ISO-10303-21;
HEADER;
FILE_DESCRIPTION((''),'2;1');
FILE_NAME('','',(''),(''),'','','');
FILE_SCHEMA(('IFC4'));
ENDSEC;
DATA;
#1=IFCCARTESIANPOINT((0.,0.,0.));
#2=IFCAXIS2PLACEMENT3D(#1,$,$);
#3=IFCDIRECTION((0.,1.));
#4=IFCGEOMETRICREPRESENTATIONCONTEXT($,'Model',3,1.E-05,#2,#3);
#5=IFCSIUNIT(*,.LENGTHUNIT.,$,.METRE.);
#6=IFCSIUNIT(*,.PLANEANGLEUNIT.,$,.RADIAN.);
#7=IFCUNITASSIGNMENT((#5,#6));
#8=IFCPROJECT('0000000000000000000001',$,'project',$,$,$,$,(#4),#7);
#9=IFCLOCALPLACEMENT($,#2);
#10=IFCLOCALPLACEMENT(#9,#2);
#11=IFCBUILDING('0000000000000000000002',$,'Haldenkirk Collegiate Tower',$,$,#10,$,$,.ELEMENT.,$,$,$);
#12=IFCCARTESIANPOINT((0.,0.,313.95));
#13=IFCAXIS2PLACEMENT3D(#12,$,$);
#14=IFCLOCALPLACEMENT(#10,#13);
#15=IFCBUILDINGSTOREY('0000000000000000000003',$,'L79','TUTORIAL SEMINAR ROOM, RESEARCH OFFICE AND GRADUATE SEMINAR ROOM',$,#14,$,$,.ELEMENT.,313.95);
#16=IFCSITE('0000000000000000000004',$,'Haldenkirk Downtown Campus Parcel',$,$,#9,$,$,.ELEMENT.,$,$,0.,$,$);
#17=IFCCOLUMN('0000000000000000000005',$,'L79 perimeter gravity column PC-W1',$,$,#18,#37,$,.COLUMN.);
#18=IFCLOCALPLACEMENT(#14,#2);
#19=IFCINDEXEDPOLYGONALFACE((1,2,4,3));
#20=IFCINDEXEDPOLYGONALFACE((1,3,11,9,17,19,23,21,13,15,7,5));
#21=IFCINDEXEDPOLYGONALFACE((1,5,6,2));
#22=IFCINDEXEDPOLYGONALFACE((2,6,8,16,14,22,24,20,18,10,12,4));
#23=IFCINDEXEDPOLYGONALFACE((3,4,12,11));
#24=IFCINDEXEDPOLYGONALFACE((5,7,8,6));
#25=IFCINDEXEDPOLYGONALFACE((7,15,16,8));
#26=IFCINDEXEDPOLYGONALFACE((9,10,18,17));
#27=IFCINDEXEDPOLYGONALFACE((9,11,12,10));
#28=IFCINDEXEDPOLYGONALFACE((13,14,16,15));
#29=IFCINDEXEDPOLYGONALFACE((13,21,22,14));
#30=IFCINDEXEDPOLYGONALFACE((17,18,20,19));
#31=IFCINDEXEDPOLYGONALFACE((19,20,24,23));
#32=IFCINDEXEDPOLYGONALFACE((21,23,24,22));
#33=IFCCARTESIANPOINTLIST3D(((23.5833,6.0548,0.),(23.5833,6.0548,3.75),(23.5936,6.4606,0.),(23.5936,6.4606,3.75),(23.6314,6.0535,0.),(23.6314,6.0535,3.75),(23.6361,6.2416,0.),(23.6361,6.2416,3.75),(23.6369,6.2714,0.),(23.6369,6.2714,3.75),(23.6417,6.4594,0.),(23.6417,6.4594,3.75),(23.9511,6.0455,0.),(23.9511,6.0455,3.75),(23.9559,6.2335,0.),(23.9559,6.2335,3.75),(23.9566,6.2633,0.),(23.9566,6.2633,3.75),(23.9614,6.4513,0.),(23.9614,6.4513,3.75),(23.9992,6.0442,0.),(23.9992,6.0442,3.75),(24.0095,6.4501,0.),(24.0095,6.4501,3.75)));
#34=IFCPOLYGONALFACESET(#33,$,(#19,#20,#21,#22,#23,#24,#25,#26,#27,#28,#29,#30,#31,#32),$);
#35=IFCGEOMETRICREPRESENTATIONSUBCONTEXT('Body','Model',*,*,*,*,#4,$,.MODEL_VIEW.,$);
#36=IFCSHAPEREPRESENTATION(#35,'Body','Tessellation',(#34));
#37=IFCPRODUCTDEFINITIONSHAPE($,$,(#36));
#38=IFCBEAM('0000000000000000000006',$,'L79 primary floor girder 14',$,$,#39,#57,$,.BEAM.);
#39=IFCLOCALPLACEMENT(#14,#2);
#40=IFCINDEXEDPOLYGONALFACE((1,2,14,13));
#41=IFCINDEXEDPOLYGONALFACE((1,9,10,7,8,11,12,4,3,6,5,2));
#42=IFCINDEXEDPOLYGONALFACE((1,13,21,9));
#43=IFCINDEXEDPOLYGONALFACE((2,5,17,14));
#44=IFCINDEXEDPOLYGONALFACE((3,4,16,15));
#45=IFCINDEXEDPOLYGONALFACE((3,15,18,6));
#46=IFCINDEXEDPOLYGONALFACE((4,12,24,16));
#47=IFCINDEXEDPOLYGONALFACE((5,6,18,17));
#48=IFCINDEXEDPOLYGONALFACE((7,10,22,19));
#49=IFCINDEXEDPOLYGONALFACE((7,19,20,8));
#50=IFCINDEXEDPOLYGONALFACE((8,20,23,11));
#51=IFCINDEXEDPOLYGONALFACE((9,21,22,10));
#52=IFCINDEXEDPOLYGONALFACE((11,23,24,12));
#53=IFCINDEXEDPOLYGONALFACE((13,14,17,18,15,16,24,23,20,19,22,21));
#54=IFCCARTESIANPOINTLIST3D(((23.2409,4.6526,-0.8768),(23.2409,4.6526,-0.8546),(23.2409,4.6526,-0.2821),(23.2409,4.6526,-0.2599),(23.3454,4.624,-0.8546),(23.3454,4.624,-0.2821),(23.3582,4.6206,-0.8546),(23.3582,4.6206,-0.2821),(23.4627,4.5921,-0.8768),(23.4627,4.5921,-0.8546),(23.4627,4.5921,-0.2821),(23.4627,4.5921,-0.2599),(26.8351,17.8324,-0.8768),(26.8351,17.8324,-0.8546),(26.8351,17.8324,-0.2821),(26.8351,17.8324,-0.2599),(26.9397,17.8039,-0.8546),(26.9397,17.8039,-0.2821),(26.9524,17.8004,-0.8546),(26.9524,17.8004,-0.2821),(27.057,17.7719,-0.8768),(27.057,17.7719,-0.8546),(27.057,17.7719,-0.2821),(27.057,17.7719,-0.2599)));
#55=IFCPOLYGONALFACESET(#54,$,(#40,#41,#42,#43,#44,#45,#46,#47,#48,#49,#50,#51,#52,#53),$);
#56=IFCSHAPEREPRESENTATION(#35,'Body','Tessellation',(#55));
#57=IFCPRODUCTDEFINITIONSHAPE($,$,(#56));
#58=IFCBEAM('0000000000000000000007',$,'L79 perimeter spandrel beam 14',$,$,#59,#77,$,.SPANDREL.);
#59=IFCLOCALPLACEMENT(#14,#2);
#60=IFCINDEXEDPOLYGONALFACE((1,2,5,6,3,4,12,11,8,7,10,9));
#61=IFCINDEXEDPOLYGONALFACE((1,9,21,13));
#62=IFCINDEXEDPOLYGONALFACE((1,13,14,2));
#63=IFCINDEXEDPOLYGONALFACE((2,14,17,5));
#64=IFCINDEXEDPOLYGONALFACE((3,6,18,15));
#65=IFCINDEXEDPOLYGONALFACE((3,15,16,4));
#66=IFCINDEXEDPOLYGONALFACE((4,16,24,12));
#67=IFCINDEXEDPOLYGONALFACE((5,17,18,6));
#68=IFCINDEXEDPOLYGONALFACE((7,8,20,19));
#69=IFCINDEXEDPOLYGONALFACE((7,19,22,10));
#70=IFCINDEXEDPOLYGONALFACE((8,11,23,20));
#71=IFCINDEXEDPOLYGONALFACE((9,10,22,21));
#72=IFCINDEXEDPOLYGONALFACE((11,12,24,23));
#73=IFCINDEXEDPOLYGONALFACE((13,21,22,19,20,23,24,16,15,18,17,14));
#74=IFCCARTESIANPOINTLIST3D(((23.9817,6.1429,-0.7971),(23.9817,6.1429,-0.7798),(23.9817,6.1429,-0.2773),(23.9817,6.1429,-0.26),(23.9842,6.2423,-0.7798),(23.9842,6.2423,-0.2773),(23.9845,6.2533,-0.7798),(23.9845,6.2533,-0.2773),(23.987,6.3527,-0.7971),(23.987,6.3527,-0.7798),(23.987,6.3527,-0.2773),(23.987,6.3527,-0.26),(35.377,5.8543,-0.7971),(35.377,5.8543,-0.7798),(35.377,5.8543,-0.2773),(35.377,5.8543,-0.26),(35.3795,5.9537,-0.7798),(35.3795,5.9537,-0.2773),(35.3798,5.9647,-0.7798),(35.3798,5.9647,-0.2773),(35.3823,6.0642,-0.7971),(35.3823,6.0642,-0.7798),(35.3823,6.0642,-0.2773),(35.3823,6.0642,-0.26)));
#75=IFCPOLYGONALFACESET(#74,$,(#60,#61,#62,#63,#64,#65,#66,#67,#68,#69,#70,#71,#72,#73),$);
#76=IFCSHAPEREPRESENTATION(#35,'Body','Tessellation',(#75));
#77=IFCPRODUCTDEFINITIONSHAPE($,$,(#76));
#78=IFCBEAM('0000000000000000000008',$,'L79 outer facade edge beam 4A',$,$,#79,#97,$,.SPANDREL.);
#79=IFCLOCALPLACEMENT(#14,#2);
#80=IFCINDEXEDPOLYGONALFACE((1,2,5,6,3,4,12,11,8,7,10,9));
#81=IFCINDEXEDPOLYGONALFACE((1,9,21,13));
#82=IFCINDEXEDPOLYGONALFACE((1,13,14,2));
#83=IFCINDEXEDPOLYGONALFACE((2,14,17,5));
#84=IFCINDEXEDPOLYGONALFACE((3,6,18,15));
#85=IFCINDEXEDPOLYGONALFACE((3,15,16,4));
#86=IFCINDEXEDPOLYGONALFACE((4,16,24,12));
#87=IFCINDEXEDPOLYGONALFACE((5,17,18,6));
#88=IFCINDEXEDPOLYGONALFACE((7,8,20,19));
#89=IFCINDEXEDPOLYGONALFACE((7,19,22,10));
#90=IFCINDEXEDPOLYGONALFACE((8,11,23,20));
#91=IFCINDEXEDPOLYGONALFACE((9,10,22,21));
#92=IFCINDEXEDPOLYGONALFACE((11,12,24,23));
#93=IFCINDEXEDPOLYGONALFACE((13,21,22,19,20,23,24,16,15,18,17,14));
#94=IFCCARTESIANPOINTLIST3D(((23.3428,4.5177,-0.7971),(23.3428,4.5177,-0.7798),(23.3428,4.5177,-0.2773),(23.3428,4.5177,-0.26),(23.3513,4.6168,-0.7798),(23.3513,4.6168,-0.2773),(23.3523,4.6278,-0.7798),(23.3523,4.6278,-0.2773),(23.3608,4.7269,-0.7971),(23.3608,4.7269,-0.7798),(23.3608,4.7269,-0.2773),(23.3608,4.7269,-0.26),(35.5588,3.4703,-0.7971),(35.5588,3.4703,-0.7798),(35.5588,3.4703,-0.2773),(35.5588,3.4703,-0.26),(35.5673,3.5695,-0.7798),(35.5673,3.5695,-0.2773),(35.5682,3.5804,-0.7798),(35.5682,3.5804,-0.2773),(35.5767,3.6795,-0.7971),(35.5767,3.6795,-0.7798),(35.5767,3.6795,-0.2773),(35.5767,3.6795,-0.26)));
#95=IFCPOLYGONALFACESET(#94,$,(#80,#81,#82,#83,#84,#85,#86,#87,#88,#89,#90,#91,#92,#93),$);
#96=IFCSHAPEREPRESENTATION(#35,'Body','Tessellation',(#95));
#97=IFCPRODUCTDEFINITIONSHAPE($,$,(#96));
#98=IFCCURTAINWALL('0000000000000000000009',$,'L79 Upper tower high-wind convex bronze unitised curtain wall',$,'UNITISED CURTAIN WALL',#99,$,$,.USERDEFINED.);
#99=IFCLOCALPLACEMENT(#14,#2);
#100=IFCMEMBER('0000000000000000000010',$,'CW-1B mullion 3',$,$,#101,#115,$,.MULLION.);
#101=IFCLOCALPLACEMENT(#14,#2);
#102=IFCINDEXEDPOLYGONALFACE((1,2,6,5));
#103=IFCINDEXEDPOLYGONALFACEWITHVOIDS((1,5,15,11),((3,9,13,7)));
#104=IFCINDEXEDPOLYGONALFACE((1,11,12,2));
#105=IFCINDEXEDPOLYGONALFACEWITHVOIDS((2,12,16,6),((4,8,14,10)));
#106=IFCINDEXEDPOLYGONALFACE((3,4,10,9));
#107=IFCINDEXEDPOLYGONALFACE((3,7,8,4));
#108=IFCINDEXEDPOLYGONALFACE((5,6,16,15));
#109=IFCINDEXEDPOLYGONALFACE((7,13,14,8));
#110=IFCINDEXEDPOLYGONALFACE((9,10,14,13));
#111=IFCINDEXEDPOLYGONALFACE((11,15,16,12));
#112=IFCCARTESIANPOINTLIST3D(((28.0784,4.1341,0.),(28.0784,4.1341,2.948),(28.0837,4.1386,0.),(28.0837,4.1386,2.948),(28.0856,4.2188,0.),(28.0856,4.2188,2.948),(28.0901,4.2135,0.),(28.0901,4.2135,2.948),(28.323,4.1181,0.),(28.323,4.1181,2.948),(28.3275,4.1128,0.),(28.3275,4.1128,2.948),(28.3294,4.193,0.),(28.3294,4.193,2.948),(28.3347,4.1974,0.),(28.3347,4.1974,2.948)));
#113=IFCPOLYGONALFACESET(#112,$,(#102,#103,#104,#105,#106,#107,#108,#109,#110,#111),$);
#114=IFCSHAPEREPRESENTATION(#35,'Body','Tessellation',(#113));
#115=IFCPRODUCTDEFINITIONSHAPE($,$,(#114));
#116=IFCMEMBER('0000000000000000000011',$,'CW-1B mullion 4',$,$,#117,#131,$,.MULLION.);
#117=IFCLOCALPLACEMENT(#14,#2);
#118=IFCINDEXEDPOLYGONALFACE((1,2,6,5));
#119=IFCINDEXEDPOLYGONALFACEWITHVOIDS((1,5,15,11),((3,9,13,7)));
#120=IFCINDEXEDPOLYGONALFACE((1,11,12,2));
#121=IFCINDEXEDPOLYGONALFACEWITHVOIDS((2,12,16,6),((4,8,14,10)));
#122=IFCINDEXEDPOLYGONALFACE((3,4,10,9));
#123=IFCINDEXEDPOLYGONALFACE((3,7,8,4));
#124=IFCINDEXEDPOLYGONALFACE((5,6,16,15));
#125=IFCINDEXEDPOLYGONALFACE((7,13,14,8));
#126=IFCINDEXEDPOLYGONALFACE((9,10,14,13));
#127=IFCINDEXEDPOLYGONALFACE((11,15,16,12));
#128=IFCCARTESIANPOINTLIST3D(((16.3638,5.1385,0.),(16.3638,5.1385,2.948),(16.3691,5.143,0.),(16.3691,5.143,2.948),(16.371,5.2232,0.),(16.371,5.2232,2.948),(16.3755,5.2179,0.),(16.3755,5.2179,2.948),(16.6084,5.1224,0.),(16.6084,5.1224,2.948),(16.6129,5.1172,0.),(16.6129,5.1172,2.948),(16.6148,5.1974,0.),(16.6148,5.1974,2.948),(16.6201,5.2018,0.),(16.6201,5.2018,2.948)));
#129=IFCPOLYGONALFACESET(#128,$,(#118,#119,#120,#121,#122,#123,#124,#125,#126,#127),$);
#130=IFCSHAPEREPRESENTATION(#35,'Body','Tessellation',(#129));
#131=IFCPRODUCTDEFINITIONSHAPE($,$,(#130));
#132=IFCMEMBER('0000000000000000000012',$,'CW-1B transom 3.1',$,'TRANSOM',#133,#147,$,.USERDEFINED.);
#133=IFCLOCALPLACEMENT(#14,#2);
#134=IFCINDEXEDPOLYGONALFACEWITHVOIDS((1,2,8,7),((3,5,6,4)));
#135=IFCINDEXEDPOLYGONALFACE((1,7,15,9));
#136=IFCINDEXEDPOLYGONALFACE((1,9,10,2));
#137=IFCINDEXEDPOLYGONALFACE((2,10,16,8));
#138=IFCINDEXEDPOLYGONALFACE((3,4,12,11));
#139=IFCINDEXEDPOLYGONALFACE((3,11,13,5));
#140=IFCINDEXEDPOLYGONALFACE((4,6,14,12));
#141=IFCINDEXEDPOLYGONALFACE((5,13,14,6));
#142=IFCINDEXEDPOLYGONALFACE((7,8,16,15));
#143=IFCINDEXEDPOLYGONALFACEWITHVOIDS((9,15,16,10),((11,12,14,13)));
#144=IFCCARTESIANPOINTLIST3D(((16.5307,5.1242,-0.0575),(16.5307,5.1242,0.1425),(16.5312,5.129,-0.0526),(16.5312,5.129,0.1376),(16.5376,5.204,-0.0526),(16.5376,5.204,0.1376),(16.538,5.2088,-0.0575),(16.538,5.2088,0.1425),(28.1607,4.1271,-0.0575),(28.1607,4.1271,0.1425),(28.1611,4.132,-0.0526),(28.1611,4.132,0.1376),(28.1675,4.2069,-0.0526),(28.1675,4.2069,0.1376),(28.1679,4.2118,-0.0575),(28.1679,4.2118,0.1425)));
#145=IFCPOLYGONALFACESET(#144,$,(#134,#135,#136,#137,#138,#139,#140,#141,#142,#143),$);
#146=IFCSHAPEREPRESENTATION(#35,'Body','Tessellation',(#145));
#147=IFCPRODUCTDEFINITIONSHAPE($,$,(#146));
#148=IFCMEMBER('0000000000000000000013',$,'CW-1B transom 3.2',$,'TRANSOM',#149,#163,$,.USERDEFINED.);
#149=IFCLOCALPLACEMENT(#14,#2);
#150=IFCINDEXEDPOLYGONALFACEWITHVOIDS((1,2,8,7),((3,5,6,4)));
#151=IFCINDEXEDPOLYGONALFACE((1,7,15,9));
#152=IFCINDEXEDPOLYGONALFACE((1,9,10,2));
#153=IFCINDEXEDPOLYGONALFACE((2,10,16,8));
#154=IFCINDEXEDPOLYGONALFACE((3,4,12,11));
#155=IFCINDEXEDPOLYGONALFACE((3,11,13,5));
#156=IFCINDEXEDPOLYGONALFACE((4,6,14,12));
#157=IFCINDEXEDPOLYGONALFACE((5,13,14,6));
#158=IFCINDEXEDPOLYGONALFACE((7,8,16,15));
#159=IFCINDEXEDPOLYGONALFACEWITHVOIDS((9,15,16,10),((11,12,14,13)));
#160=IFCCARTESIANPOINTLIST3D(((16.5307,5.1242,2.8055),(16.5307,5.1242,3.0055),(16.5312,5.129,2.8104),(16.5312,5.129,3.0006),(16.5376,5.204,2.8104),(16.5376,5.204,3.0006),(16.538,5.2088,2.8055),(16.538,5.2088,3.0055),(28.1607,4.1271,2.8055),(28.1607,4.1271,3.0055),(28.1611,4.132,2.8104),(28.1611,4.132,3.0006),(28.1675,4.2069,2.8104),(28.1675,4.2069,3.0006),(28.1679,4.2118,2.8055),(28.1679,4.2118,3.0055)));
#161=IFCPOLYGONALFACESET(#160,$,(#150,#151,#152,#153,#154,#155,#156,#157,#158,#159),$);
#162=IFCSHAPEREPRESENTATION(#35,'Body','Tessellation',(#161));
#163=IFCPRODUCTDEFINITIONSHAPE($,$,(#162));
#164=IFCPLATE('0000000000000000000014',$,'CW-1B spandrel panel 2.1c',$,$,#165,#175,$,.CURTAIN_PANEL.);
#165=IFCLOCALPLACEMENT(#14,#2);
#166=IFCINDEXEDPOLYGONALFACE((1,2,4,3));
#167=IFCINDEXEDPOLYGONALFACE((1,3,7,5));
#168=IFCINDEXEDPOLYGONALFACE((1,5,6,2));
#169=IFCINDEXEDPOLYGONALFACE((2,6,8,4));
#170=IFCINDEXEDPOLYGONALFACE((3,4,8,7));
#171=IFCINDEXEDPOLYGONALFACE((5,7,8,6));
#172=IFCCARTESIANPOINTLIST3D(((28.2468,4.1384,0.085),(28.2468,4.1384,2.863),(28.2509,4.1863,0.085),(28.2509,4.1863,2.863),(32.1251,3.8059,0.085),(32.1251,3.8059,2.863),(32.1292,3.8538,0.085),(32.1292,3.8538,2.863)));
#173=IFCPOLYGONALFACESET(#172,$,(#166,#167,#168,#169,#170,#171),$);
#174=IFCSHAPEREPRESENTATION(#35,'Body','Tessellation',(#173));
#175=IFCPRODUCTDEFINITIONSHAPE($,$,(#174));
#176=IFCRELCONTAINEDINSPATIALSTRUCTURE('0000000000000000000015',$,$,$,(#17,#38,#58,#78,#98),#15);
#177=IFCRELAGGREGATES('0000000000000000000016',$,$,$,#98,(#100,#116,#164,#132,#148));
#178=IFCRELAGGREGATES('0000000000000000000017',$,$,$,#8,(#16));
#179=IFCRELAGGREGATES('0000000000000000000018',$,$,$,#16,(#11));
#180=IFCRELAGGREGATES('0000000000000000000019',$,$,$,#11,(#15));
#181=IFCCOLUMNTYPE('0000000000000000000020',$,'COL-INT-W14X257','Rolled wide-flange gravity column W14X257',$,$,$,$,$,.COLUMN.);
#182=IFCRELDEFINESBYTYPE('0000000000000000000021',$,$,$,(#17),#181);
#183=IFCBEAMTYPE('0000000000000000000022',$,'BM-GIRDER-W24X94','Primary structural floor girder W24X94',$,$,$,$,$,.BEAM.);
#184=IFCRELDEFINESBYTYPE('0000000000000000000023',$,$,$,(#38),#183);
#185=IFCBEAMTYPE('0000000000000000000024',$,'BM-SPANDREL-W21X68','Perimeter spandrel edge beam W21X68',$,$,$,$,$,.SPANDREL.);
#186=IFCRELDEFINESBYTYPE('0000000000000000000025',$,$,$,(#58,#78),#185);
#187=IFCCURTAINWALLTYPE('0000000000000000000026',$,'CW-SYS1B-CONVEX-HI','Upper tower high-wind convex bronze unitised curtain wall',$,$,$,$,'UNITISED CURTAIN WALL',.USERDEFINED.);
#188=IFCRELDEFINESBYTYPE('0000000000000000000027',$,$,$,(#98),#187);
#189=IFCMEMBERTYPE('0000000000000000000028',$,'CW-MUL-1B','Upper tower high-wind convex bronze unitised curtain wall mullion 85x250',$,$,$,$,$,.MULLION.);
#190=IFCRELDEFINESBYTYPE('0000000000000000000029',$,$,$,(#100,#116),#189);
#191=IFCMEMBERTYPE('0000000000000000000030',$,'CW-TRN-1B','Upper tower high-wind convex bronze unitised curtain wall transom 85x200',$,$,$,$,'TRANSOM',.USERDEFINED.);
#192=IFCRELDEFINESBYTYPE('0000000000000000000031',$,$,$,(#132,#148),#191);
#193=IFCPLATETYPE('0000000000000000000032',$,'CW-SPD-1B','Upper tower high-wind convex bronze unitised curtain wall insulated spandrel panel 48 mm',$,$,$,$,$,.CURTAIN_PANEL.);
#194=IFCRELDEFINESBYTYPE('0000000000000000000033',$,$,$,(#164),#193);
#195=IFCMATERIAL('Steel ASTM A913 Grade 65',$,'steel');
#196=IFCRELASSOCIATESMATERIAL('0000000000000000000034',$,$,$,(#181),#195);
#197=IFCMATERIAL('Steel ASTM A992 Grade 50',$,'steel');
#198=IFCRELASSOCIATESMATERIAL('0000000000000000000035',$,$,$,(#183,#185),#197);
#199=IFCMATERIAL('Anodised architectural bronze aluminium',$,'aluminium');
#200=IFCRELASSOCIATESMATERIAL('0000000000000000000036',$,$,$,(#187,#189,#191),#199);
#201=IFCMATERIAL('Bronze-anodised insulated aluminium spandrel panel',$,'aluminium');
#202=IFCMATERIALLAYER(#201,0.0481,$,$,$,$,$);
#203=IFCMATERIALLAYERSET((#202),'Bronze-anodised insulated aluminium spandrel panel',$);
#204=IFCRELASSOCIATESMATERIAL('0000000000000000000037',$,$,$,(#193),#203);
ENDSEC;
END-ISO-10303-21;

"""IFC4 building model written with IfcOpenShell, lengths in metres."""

from ifc_helpers import new_model, si_unit, direction, frame, origin, origin_2d, place, context, subcontext, project, spatial, rectangle, hollow_rectangle, i_section, extrude, source, transform, mapped, material, layer, layer_set, material_profile, profile_set, type_object, element, aggregate, save


model = new_model("IFC4")

# Units and contexts
model_context = context("Model", 3, precision=1e-05, world=origin(), true_north=direction((0.0, 1.0)))
body_context = subcontext(model_context, "Body", "Model", "MODEL_VIEW")
ifc_project = project(units=[si_unit("LENGTHUNIT", "METRE"), si_unit("PLANEANGLEUNIT", "RADIAN")], contexts=[model_context])

# Site, building, storey
site_placement = place(None, origin())
site = spatial("IfcSite", under=ifc_project, at=site_placement, Name="Haldenkirk Downtown Campus Parcel", CompositionType="ELEMENT", RefElevation=0.0)
building_placement = place(site_placement, origin())
building = spatial("IfcBuilding", under=site, at=building_placement, Name="Haldenkirk Collegiate Tower", CompositionType="ELEMENT")
storey_placement = place(building_placement, frame((0.0, 0.0, 313.95)))
storey = spatial("IfcBuildingStorey", under=building, at=storey_placement, Name="L79", Description="TUTORIAL SEMINAR ROOM, RESEARCH OFFICE AND GRADUATE SEMINAR ROOM", CompositionType="ELEMENT", Elevation=313.95)

# Column
ifc_material_1 = material(Name="Steel ASTM A913 Grade 65", Category="steel")
ifc_material_profile_1 = material_profile(ifc_material_1, i_section(OverallWidth=0.406, OverallDepth=0.416, WebThickness=0.0298, FlangeThickness=0.0481, at=origin_2d()), Name="W14X257")
ifc_profile_set_1 = profile_set([ifc_material_profile_1], Name="Steel ASTM A913 Grade 65")
column_type = type_object("IfcColumnType", Name="COL-INT-W14X257", Description="Rolled wide-flange gravity column W14X257", PredefinedType="COLUMN", material=ifc_profile_set_1)
column_placement = place(storey_placement, frame((23.7964, 6.2524, 0.0), z_axis=(0.0, 0.0, 1.0), x_axis=(0.025305, 0.99968, 0.0)))
element("IfcColumn", 1, at=column_placement, inside=storey, type_object=column_type, Name="L79 perimeter gravity column PC-W1", PredefinedType="COLUMN", context=body_context, shape_type="SweptSolid", body=[
    extrude(i_section(OverallWidth=0.406, OverallDepth=0.416, WebThickness=0.0298, FlangeThickness=0.0481, at=origin_2d()), origin(), (0.0, 0.0, 1.0), 3.75),
])

# Beams
ifc_material_2 = material(Name="Steel ASTM A992 Grade 50", Category="steel")
ifc_material_profile_2 = material_profile(ifc_material_2, i_section(OverallWidth=0.23, OverallDepth=0.6169, WebThickness=0.0132, FlangeThickness=0.0222, at=origin_2d()), Name="W24X94")
ifc_profile_set_2 = profile_set([ifc_material_profile_2], Name="Steel ASTM A992 Grade 50")
beam_type_1 = type_object("IfcBeamType", Name="BM-GIRDER-W24X94", Description="Primary structural floor girder W24X94", PredefinedType="BEAM", material=ifc_profile_set_2)
beam_1_placement = place(storey_placement, frame((23.3518, 4.6223, -0.5684), z_axis=(0.263098, 0.964769, 0.0), x_axis=(-0.964769, 0.263098, 0.0)))
element("IfcBeam", 2, at=beam_1_placement, inside=storey, type_object=beam_type_1, Name="L79 primary floor girder 14", PredefinedType="BEAM", context=body_context, shape_type="SweptSolid", body=[
    extrude(i_section(OverallWidth=0.23, OverallDepth=0.6169, WebThickness=0.0132, FlangeThickness=0.0222, at=origin_2d()), origin(), (0.0, 0.0, 1.0), 13.6611),
])
ifc_material_profile_3 = material_profile(ifc_material_2, i_section(OverallWidth=0.21, OverallDepth=0.5371, WebThickness=0.011, FlangeThickness=0.0173, at=origin_2d()), Name="W21X68")
ifc_profile_set_3 = profile_set([ifc_material_profile_3], Name="Steel ASTM A992 Grade 50")
beam_type_2 = type_object("IfcBeamType", Name="BM-SPANDREL-W21X68", Description="Perimeter spandrel edge beam W21X68", PredefinedType="SPANDREL", material=ifc_profile_set_3)
beam_2_placement = place(storey_placement, frame((23.9844, 6.2478, -0.5286), z_axis=(0.99968, -0.025316, 0.0), x_axis=(0.025316, 0.99968, 0.0)))
element("IfcBeam", 3, at=beam_2_placement, inside=storey, type_object=beam_type_2, Name="L79 perimeter spandrel beam 14", PredefinedType="SPANDREL", context=body_context, shape_type="SweptSolid", body=[
    extrude(i_section(OverallWidth=0.21, OverallDepth=0.5371, WebThickness=0.011, FlangeThickness=0.0173, at=origin_2d()), origin(), (0.0, 0.0, 1.0), 11.3989),
])
beam_3_placement = place(storey_placement, frame((23.3518, 4.6223, -0.5286), z_axis=(0.996345, -0.085425, 0.0), x_axis=(0.085425, 0.996345, 0.0)))
element("IfcBeam", 4, at=beam_3_placement, inside=storey, type_object=beam_type_2, Name="L79 outer facade edge beam 4A", PredefinedType="SPANDREL", context=body_context, shape_type="SweptSolid", body=[
    extrude(i_section(OverallWidth=0.21, OverallDepth=0.5371, WebThickness=0.011, FlangeThickness=0.0173, at=origin_2d()), origin(), (0.0, 0.0, 1.0), 12.2607),
])

# Curtain wall, members, plate
ifc_material_3 = material(Name="Anodised architectural bronze aluminium", Category="aluminium")
curtain_wall_type = type_object("IfcCurtainWallType", Name="CW-SYS1B-CONVEX-HI", Description="Upper tower high-wind convex bronze unitised curtain wall", ElementType="UNITISED CURTAIN WALL", PredefinedType="USERDEFINED", material=ifc_material_3)
curtain_wall_placement = place(storey_placement, origin())
curtain_wall = element("IfcCurtainWall", 5, at=curtain_wall_placement, inside=storey, type_object=curtain_wall_type, Name="L79 Upper tower high-wind convex bronze unitised curtain wall", ObjectType="UNITISED CURTAIN WALL", PredefinedType="USERDEFINED")
ifc_material_profile_4 = material_profile(ifc_material_3, hollow_rectangle(XDim=0.085, YDim=0.25, WallThickness=0.0049, at=origin_2d()), Name="CW-MUL-1B")
ifc_profile_set_4 = profile_set([ifc_material_profile_4], Name="Anodised architectural bronze aluminium")
member_type_1 = type_object("IfcMemberType", Name="CW-MUL-1B", Description="Upper tower high-wind convex bronze unitised curtain wall mullion 85x250", PredefinedType="MULLION", material=ifc_profile_set_4)
member_1_placement = place(storey_placement, frame((28.2065, 4.1658, 0.0), z_axis=(0.0, 0.0, 1.0), x_axis=(-0.085418, -0.996345, 0.0)))
member_1 = element("IfcMember", 6, at=member_1_placement, type_object=member_type_1, Name="CW-1B mullion 3", PredefinedType="MULLION", context=body_context, shape_type="SweptSolid", body=[
    extrude(hollow_rectangle(XDim=0.085, YDim=0.25, WallThickness=0.0049, at=origin_2d()), origin(), (0.0, 0.0, 1.0), 2.948),
])
member_2_placement = place(storey_placement, frame((16.4919, 5.1702, 0.0), z_axis=(0.0, 0.0, 1.0), x_axis=(-0.085418, -0.996345, 0.0)))
member_2 = element("IfcMember", 7, at=member_2_placement, type_object=member_type_1, Name="CW-1B mullion 4", PredefinedType="MULLION", context=body_context, shape_type="SweptSolid", body=[
    extrude(hollow_rectangle(XDim=0.085, YDim=0.25, WallThickness=0.0049, at=origin_2d()), origin(), (0.0, 0.0, 1.0), 2.948),
])
ifc_material_profile_5 = material_profile(ifc_material_3, hollow_rectangle(XDim=0.085, YDim=0.2, WallThickness=0.0049, at=origin_2d()), Name="CW-TRN-1B")
ifc_profile_set_5 = profile_set([ifc_material_profile_5], Name="Anodised architectural bronze aluminium")
member_type_2 = type_object("IfcMemberType", Name="CW-TRN-1B", Description="Upper tower high-wind convex bronze unitised curtain wall transom 85x200", ElementType="TRANSOM", PredefinedType="USERDEFINED", material=ifc_profile_set_5)
member_3_placement = place(storey_placement, frame((28.1643, 4.1694, 0.0425), z_axis=(-0.996345, 0.08542, 0.0), x_axis=(-0.08542, -0.996345, 0.0)))
member_3 = element("IfcMember", 8, at=member_3_placement, type_object=member_type_2, Name="CW-1B transom 3.1", ObjectType="TRANSOM", PredefinedType="USERDEFINED", context=body_context, shape_type="SweptSolid", body=[
    extrude(hollow_rectangle(XDim=0.085, YDim=0.2, WallThickness=0.0049, at=origin_2d()), origin(), (0.0, 0.0, 1.0), 11.6726),
])
member_4_placement = place(storey_placement, frame((28.1643, 4.1694, 2.9055), z_axis=(-0.996345, 0.08542, 0.0), x_axis=(-0.08542, -0.996345, 0.0)))
member_4 = element("IfcMember", 9, at=member_4_placement, type_object=member_type_2, Name="CW-1B transom 3.2", ObjectType="TRANSOM", PredefinedType="USERDEFINED", context=body_context, shape_type="SweptSolid", body=[
    extrude(hollow_rectangle(XDim=0.085, YDim=0.2, WallThickness=0.0049, at=origin_2d()), origin(), (0.0, 0.0, 1.0), 11.6726),
])
ifc_material_4 = material(Name="Bronze-anodised insulated aluminium spandrel panel", Category="aluminium")
ifc_layer_1 = layer(ifc_material_4, 0.0481)
ifc_layer_set_1 = layer_set([ifc_layer_1], Name="Bronze-anodised insulated aluminium spandrel panel")
plate_type_1 = type_object("IfcPlateType", Name="CW-SPD-1B", Description="Upper tower high-wind convex bronze unitised curtain wall insulated spandrel panel 48 mm", PredefinedType="CURTAIN_PANEL", material=ifc_layer_set_1)
shared_shape_1 = source(origin(), body_context, "Body", "SweptSolid", [
    extrude(rectangle(XDim=3.8926, YDim=0.0481, at=origin_2d()), origin(), (0.0, 0.0, 1.0), 2.7781),
])
plate_1_placement = place(storey_placement, frame((30.188, 3.9961, 0.085), z_axis=(0.0, 0.0, 1.0), x_axis=(-0.996345, 0.085418, 0.0)))
plate_1 = element("IfcPlate", 10, at=plate_1_placement, type_object=plate_type_1, Name="CW-1B spandrel panel 2.1c", PredefinedType="CURTAIN_PANEL", context=body_context, shape_type="MappedRepresentation", body=[
    mapped(shared_shape_1, transform((0.0, 0.0, 0.0), x_axis=(1.0, 0.0, 0.0), y_axis=(0.0, 1.0, 0.0), z_axis=(0.0, 0.0, 1.0), scale=1.0)),
])
aggregate(curtain_wall, [member_1, member_2, plate_1, member_3, member_4])

save(model, "model.ifc")
